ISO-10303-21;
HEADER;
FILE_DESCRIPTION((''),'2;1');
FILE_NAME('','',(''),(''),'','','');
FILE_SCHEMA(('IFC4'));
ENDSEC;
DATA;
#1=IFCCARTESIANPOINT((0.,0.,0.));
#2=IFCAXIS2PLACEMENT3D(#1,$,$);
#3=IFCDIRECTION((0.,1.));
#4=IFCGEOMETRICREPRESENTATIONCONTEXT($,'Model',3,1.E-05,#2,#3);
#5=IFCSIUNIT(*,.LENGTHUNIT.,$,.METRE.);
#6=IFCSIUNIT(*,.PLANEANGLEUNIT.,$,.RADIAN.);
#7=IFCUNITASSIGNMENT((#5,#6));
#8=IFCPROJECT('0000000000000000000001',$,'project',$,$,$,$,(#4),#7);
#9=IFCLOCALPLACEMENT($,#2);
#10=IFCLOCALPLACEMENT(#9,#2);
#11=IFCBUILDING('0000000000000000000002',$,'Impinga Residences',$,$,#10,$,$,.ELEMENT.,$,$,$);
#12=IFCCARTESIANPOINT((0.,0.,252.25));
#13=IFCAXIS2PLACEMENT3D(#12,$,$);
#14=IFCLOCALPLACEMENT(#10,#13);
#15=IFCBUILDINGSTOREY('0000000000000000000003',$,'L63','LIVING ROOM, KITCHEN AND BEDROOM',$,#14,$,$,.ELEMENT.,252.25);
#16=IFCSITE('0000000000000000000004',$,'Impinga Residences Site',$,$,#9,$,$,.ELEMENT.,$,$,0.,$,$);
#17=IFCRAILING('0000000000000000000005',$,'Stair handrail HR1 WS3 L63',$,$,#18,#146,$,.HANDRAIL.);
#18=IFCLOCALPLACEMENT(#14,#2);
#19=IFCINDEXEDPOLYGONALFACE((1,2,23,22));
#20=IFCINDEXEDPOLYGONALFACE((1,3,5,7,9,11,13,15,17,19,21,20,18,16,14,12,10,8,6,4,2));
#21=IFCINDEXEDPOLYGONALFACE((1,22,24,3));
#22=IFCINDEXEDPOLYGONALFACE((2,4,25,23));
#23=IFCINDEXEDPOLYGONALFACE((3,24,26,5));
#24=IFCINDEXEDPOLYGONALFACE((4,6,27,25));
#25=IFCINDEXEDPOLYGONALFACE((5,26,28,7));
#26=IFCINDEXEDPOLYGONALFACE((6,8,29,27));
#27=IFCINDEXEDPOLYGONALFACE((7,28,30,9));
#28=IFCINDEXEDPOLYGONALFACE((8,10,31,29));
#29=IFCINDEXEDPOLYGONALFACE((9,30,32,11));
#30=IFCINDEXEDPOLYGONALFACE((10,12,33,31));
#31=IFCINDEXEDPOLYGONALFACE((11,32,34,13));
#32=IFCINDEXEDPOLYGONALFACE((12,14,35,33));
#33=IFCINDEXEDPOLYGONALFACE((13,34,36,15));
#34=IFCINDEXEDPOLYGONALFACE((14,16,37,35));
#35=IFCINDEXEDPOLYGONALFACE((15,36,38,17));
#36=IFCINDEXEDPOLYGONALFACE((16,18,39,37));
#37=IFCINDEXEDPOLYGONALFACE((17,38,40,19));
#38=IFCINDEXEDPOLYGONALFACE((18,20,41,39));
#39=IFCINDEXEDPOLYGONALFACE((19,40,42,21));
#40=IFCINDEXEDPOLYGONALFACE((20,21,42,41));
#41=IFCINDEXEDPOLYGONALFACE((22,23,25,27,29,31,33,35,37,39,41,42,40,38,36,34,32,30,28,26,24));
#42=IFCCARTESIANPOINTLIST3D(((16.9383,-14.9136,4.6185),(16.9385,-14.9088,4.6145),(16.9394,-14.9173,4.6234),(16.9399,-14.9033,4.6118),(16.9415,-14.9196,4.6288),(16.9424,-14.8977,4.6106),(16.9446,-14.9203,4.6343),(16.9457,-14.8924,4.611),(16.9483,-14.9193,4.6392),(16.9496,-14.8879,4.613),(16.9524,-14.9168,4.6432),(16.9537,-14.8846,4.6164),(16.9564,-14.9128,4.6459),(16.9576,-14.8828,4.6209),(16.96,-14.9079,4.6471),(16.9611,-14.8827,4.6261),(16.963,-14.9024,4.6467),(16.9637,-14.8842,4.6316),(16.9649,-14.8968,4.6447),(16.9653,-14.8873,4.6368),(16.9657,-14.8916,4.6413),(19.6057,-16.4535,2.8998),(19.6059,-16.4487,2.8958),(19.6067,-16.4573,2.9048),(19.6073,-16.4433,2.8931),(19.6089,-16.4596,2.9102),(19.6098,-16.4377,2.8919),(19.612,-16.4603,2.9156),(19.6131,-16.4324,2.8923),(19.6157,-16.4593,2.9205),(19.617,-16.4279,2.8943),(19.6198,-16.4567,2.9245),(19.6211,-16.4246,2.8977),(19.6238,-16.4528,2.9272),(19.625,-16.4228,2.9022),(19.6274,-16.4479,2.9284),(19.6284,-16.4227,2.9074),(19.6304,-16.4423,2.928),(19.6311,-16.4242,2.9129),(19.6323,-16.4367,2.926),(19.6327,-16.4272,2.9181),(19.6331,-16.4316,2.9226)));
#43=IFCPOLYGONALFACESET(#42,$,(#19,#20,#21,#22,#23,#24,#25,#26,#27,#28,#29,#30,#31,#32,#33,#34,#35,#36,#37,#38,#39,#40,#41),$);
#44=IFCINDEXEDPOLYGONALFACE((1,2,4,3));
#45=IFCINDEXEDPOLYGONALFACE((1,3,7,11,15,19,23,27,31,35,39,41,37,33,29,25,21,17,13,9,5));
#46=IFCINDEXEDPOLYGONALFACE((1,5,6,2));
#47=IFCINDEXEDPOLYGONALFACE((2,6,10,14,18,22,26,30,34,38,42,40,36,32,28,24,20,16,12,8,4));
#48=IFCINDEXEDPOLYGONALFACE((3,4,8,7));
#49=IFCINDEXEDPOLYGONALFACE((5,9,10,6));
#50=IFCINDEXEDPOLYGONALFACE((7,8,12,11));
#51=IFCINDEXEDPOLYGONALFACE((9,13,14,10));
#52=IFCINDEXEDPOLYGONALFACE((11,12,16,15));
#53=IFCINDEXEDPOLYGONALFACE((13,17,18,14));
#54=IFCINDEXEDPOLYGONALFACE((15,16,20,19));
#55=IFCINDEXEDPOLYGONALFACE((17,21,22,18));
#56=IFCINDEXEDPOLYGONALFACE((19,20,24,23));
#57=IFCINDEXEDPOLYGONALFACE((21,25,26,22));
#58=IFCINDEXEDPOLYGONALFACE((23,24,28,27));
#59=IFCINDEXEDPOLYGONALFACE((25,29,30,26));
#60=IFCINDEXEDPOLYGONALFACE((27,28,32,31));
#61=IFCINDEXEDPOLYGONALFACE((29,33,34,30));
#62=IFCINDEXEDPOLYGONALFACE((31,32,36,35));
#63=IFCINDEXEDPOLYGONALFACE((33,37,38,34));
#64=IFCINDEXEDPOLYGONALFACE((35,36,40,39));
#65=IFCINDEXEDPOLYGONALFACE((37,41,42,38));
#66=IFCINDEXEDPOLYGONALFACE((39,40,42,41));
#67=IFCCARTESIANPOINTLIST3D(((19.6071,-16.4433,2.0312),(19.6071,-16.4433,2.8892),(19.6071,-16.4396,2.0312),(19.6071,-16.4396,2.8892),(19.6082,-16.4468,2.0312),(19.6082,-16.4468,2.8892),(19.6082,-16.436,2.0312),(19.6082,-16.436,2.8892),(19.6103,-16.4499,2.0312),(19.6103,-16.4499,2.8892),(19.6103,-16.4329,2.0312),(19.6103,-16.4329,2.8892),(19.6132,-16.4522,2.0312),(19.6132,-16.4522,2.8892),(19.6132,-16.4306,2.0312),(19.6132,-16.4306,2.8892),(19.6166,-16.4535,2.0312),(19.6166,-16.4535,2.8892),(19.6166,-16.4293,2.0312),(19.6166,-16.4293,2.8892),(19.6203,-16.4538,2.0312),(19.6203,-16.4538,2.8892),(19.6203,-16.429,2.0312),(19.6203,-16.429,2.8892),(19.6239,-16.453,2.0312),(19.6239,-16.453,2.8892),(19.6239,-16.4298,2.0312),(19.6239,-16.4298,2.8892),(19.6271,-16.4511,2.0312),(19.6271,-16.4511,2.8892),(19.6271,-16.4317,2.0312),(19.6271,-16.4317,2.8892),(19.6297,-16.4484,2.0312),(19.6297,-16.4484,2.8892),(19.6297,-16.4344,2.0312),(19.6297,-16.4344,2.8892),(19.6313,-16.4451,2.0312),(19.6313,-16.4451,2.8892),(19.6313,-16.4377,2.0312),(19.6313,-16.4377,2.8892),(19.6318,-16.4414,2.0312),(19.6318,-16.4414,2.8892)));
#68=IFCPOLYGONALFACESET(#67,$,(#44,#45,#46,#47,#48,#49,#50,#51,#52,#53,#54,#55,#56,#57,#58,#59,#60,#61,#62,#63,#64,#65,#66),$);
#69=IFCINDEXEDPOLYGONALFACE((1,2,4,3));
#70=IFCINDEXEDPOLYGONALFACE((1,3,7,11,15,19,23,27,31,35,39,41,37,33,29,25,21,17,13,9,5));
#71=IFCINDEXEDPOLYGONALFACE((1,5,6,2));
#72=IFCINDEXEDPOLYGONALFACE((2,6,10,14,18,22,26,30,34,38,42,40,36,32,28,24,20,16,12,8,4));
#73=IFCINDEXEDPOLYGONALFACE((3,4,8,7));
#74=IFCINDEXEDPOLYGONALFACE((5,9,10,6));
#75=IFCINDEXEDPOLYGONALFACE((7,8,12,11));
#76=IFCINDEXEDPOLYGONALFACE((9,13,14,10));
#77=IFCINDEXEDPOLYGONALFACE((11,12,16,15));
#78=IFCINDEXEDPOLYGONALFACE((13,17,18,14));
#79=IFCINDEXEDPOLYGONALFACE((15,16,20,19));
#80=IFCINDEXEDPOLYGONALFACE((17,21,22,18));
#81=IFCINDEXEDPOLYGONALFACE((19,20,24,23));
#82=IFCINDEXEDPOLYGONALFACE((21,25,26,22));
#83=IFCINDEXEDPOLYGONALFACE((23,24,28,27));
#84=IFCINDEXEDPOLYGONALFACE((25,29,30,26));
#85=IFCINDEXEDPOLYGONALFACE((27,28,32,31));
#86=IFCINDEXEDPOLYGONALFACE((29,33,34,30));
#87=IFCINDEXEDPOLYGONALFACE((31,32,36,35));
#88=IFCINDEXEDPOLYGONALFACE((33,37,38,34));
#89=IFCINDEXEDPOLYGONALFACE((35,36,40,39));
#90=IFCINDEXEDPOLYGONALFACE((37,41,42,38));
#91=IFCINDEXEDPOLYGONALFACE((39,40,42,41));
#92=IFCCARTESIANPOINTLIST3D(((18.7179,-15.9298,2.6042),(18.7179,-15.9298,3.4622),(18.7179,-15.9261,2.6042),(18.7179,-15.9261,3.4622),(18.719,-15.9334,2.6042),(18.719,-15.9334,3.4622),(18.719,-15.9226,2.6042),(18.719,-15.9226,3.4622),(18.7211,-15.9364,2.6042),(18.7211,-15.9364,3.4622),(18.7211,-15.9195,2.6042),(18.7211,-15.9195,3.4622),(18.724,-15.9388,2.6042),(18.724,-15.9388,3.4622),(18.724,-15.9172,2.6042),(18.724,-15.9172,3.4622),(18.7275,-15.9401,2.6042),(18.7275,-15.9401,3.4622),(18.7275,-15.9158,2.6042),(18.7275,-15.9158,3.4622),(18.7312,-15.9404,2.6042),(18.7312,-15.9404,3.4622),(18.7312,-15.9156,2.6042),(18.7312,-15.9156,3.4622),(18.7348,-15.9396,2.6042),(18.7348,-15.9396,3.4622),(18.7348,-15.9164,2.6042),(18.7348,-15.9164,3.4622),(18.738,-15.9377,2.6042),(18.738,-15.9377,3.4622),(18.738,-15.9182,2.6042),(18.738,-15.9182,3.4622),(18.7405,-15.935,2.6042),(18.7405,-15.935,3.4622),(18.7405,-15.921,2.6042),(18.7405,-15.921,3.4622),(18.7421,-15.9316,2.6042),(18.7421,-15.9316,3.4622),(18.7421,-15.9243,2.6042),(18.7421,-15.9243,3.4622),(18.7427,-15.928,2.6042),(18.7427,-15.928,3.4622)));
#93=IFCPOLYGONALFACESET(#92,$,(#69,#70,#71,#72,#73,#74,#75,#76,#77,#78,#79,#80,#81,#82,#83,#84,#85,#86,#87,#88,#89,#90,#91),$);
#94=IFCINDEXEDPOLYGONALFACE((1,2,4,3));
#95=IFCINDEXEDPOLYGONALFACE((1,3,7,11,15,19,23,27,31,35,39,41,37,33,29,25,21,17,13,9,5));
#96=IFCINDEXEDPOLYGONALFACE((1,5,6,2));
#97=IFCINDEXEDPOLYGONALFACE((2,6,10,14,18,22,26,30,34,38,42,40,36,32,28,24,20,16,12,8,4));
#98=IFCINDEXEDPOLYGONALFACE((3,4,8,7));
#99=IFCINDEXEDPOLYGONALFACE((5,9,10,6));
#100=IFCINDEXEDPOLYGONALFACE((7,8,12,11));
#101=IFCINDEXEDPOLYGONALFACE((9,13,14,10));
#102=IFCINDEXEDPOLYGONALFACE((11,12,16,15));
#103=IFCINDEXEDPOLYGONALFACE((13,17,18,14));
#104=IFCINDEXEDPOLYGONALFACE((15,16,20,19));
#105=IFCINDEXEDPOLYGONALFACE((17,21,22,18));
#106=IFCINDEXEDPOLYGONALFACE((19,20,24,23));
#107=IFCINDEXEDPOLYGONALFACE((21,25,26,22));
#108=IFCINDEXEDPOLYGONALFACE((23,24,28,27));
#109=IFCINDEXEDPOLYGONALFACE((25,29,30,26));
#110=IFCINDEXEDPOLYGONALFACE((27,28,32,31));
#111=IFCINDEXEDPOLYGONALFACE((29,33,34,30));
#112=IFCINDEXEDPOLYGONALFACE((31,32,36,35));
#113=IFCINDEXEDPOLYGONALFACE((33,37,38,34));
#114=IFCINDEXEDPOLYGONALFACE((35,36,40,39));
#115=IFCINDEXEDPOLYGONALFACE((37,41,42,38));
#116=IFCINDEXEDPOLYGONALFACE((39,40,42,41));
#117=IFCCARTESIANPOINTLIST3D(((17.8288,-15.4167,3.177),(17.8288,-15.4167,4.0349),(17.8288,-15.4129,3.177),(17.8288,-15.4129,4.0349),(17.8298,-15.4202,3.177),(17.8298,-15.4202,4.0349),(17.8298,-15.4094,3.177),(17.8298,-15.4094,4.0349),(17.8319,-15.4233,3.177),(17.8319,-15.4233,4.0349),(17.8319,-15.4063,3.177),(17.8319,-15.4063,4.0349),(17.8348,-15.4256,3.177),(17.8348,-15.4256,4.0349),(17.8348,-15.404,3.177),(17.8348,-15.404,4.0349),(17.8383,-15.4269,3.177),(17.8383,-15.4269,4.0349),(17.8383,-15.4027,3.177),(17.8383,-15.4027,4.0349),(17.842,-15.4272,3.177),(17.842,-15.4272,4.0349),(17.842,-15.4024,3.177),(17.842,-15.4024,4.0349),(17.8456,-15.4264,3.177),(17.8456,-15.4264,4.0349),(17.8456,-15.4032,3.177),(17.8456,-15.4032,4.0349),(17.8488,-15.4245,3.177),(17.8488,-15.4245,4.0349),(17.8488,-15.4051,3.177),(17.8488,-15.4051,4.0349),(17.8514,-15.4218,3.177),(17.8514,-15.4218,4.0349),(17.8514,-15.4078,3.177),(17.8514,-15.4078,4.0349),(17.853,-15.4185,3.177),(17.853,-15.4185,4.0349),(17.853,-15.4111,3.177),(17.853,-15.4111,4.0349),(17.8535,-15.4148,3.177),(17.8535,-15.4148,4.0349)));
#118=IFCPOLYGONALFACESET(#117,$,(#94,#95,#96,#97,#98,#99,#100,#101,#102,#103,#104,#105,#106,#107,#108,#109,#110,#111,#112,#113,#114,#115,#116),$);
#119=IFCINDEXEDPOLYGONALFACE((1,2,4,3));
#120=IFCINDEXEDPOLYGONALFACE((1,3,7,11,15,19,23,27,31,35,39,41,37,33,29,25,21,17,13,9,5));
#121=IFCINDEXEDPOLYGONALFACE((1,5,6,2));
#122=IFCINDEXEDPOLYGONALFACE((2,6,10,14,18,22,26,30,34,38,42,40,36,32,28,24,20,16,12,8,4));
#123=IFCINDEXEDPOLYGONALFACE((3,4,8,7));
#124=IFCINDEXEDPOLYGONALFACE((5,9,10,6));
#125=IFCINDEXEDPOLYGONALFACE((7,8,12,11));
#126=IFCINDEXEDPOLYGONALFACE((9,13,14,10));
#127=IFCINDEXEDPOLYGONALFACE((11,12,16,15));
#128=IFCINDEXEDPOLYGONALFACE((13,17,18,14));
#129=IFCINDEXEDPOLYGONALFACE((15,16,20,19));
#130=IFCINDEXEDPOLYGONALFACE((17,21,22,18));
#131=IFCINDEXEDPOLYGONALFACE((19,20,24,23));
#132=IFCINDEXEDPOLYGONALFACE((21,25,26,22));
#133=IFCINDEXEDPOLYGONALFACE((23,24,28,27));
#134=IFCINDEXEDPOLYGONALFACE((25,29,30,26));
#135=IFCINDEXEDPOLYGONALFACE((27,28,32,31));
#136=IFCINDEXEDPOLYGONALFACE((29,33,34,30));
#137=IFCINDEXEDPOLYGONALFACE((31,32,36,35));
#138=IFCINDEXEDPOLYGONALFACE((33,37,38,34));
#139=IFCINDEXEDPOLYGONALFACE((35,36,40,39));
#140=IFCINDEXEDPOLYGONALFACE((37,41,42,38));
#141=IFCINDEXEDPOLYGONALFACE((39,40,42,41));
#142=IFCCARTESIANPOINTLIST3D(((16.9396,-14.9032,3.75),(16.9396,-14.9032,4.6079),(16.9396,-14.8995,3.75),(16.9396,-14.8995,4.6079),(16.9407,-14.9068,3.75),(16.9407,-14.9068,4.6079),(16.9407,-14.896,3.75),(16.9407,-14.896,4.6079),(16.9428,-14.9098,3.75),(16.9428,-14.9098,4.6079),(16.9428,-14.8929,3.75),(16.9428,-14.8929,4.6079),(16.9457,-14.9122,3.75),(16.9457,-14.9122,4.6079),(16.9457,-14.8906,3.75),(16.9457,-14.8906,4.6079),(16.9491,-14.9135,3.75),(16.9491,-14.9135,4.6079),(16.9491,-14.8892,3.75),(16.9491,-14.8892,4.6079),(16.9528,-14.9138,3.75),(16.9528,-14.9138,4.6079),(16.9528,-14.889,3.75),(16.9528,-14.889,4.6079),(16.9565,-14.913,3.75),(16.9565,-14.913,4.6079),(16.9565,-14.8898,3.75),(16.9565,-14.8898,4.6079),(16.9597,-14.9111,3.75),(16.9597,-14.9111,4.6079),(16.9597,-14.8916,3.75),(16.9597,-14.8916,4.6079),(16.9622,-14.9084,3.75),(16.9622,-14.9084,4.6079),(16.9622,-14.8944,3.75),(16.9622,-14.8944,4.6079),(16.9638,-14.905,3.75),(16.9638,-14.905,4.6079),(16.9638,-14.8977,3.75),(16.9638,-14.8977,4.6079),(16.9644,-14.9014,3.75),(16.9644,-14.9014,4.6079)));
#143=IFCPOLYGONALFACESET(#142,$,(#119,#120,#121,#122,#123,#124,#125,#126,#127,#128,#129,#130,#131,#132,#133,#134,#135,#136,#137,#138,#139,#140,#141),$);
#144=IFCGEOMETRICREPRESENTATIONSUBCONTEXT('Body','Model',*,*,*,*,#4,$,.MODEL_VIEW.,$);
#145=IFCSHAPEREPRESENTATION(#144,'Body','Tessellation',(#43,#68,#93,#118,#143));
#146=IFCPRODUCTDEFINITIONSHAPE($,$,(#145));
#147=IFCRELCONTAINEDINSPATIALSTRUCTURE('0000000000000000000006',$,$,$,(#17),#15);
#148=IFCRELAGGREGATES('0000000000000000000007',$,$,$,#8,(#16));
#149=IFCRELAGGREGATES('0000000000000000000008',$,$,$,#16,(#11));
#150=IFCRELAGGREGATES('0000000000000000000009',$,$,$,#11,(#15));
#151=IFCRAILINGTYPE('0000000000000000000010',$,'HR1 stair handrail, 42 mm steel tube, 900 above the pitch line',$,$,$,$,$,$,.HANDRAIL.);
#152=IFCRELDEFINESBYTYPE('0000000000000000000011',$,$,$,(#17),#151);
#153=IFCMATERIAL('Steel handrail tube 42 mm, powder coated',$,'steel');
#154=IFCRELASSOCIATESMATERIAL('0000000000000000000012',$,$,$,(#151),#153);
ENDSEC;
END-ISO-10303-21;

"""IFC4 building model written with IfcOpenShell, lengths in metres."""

from ifc_helpers import new_model, si_unit, direction, frame, origin, origin_2d, place, context, subcontext, project, spatial, circle, extrude, material, type_object, element, save


model = new_model("IFC4")

# Units and contexts
model_context = context("Model", 3, precision=1e-05, world=origin(), true_north=direction((0.0, 1.0)))
body_context = subcontext(model_context, "Body", "Model", "MODEL_VIEW")
ifc_project = project(units=[si_unit("LENGTHUNIT", "METRE"), si_unit("PLANEANGLEUNIT", "RADIAN")], contexts=[model_context])

# Site, building, storey
site_placement = place(None, origin())
site = spatial("IfcSite", under=ifc_project, at=site_placement, Name="Impinga Residences Site", CompositionType="ELEMENT", RefElevation=0.0)
building_placement = place(site_placement, origin())
building = spatial("IfcBuilding", under=site, at=building_placement, Name="Impinga Residences", CompositionType="ELEMENT")
storey_placement = place(building_placement, frame((0.0, 0.0, 252.25)))
storey = spatial("IfcBuildingStorey", under=building, at=storey_placement, Name="L63", Description="LIVING ROOM, KITCHEN AND BEDROOM", CompositionType="ELEMENT", Elevation=252.25)

# Railing
ifc_material_1 = material(Name="Steel handrail tube 42 mm, powder coated", Category="steel")
railing_type_1 = type_object("IfcRailingType", Name="HR1 stair handrail, 42 mm steel tube, 900 above the pitch line", PredefinedType="HANDRAIL", material=ifc_material_1)
railing_1_placement = place(storey_placement, frame((19.6194, -16.4414, 2.0312)))
element("IfcRailing", 1, at=railing_1_placement, inside=storey, type_object=railing_type_1, Name="Stair handrail HR1 WS3 L63", PredefinedType="HANDRAIL", context=body_context, shape_type="SweptSolid", body=[
    extrude(circle(Radius=0.021, at=origin_2d()), frame((0.0, 0.0, 0.8789), z_axis=(-0.756256, 0.436616, 0.487282), x_axis=(-0.499992, -0.86603, 0.0)), (0.0, 0.0, 1.0), 3.5271),
    extrude(circle(Radius=0.0125, at=origin_2d()), origin(), (0.0, 0.0, 1.0), 0.8579),
    extrude(circle(Radius=0.0125, at=origin_2d()), frame((-0.8892, 0.5134, 0.573)), (0.0, 0.0, 1.0), 0.8579),
    extrude(circle(Radius=0.0125, at=origin_2d()), frame((-1.7783, 1.0266, 1.1458)), (0.0, 0.0, 1.0), 0.8579),
    extrude(circle(Radius=0.0125, at=origin_2d()), frame((-2.6675, 1.54, 1.7188)), (0.0, 0.0, 1.0), 0.8579),
])

save(model, "model.ifc")
